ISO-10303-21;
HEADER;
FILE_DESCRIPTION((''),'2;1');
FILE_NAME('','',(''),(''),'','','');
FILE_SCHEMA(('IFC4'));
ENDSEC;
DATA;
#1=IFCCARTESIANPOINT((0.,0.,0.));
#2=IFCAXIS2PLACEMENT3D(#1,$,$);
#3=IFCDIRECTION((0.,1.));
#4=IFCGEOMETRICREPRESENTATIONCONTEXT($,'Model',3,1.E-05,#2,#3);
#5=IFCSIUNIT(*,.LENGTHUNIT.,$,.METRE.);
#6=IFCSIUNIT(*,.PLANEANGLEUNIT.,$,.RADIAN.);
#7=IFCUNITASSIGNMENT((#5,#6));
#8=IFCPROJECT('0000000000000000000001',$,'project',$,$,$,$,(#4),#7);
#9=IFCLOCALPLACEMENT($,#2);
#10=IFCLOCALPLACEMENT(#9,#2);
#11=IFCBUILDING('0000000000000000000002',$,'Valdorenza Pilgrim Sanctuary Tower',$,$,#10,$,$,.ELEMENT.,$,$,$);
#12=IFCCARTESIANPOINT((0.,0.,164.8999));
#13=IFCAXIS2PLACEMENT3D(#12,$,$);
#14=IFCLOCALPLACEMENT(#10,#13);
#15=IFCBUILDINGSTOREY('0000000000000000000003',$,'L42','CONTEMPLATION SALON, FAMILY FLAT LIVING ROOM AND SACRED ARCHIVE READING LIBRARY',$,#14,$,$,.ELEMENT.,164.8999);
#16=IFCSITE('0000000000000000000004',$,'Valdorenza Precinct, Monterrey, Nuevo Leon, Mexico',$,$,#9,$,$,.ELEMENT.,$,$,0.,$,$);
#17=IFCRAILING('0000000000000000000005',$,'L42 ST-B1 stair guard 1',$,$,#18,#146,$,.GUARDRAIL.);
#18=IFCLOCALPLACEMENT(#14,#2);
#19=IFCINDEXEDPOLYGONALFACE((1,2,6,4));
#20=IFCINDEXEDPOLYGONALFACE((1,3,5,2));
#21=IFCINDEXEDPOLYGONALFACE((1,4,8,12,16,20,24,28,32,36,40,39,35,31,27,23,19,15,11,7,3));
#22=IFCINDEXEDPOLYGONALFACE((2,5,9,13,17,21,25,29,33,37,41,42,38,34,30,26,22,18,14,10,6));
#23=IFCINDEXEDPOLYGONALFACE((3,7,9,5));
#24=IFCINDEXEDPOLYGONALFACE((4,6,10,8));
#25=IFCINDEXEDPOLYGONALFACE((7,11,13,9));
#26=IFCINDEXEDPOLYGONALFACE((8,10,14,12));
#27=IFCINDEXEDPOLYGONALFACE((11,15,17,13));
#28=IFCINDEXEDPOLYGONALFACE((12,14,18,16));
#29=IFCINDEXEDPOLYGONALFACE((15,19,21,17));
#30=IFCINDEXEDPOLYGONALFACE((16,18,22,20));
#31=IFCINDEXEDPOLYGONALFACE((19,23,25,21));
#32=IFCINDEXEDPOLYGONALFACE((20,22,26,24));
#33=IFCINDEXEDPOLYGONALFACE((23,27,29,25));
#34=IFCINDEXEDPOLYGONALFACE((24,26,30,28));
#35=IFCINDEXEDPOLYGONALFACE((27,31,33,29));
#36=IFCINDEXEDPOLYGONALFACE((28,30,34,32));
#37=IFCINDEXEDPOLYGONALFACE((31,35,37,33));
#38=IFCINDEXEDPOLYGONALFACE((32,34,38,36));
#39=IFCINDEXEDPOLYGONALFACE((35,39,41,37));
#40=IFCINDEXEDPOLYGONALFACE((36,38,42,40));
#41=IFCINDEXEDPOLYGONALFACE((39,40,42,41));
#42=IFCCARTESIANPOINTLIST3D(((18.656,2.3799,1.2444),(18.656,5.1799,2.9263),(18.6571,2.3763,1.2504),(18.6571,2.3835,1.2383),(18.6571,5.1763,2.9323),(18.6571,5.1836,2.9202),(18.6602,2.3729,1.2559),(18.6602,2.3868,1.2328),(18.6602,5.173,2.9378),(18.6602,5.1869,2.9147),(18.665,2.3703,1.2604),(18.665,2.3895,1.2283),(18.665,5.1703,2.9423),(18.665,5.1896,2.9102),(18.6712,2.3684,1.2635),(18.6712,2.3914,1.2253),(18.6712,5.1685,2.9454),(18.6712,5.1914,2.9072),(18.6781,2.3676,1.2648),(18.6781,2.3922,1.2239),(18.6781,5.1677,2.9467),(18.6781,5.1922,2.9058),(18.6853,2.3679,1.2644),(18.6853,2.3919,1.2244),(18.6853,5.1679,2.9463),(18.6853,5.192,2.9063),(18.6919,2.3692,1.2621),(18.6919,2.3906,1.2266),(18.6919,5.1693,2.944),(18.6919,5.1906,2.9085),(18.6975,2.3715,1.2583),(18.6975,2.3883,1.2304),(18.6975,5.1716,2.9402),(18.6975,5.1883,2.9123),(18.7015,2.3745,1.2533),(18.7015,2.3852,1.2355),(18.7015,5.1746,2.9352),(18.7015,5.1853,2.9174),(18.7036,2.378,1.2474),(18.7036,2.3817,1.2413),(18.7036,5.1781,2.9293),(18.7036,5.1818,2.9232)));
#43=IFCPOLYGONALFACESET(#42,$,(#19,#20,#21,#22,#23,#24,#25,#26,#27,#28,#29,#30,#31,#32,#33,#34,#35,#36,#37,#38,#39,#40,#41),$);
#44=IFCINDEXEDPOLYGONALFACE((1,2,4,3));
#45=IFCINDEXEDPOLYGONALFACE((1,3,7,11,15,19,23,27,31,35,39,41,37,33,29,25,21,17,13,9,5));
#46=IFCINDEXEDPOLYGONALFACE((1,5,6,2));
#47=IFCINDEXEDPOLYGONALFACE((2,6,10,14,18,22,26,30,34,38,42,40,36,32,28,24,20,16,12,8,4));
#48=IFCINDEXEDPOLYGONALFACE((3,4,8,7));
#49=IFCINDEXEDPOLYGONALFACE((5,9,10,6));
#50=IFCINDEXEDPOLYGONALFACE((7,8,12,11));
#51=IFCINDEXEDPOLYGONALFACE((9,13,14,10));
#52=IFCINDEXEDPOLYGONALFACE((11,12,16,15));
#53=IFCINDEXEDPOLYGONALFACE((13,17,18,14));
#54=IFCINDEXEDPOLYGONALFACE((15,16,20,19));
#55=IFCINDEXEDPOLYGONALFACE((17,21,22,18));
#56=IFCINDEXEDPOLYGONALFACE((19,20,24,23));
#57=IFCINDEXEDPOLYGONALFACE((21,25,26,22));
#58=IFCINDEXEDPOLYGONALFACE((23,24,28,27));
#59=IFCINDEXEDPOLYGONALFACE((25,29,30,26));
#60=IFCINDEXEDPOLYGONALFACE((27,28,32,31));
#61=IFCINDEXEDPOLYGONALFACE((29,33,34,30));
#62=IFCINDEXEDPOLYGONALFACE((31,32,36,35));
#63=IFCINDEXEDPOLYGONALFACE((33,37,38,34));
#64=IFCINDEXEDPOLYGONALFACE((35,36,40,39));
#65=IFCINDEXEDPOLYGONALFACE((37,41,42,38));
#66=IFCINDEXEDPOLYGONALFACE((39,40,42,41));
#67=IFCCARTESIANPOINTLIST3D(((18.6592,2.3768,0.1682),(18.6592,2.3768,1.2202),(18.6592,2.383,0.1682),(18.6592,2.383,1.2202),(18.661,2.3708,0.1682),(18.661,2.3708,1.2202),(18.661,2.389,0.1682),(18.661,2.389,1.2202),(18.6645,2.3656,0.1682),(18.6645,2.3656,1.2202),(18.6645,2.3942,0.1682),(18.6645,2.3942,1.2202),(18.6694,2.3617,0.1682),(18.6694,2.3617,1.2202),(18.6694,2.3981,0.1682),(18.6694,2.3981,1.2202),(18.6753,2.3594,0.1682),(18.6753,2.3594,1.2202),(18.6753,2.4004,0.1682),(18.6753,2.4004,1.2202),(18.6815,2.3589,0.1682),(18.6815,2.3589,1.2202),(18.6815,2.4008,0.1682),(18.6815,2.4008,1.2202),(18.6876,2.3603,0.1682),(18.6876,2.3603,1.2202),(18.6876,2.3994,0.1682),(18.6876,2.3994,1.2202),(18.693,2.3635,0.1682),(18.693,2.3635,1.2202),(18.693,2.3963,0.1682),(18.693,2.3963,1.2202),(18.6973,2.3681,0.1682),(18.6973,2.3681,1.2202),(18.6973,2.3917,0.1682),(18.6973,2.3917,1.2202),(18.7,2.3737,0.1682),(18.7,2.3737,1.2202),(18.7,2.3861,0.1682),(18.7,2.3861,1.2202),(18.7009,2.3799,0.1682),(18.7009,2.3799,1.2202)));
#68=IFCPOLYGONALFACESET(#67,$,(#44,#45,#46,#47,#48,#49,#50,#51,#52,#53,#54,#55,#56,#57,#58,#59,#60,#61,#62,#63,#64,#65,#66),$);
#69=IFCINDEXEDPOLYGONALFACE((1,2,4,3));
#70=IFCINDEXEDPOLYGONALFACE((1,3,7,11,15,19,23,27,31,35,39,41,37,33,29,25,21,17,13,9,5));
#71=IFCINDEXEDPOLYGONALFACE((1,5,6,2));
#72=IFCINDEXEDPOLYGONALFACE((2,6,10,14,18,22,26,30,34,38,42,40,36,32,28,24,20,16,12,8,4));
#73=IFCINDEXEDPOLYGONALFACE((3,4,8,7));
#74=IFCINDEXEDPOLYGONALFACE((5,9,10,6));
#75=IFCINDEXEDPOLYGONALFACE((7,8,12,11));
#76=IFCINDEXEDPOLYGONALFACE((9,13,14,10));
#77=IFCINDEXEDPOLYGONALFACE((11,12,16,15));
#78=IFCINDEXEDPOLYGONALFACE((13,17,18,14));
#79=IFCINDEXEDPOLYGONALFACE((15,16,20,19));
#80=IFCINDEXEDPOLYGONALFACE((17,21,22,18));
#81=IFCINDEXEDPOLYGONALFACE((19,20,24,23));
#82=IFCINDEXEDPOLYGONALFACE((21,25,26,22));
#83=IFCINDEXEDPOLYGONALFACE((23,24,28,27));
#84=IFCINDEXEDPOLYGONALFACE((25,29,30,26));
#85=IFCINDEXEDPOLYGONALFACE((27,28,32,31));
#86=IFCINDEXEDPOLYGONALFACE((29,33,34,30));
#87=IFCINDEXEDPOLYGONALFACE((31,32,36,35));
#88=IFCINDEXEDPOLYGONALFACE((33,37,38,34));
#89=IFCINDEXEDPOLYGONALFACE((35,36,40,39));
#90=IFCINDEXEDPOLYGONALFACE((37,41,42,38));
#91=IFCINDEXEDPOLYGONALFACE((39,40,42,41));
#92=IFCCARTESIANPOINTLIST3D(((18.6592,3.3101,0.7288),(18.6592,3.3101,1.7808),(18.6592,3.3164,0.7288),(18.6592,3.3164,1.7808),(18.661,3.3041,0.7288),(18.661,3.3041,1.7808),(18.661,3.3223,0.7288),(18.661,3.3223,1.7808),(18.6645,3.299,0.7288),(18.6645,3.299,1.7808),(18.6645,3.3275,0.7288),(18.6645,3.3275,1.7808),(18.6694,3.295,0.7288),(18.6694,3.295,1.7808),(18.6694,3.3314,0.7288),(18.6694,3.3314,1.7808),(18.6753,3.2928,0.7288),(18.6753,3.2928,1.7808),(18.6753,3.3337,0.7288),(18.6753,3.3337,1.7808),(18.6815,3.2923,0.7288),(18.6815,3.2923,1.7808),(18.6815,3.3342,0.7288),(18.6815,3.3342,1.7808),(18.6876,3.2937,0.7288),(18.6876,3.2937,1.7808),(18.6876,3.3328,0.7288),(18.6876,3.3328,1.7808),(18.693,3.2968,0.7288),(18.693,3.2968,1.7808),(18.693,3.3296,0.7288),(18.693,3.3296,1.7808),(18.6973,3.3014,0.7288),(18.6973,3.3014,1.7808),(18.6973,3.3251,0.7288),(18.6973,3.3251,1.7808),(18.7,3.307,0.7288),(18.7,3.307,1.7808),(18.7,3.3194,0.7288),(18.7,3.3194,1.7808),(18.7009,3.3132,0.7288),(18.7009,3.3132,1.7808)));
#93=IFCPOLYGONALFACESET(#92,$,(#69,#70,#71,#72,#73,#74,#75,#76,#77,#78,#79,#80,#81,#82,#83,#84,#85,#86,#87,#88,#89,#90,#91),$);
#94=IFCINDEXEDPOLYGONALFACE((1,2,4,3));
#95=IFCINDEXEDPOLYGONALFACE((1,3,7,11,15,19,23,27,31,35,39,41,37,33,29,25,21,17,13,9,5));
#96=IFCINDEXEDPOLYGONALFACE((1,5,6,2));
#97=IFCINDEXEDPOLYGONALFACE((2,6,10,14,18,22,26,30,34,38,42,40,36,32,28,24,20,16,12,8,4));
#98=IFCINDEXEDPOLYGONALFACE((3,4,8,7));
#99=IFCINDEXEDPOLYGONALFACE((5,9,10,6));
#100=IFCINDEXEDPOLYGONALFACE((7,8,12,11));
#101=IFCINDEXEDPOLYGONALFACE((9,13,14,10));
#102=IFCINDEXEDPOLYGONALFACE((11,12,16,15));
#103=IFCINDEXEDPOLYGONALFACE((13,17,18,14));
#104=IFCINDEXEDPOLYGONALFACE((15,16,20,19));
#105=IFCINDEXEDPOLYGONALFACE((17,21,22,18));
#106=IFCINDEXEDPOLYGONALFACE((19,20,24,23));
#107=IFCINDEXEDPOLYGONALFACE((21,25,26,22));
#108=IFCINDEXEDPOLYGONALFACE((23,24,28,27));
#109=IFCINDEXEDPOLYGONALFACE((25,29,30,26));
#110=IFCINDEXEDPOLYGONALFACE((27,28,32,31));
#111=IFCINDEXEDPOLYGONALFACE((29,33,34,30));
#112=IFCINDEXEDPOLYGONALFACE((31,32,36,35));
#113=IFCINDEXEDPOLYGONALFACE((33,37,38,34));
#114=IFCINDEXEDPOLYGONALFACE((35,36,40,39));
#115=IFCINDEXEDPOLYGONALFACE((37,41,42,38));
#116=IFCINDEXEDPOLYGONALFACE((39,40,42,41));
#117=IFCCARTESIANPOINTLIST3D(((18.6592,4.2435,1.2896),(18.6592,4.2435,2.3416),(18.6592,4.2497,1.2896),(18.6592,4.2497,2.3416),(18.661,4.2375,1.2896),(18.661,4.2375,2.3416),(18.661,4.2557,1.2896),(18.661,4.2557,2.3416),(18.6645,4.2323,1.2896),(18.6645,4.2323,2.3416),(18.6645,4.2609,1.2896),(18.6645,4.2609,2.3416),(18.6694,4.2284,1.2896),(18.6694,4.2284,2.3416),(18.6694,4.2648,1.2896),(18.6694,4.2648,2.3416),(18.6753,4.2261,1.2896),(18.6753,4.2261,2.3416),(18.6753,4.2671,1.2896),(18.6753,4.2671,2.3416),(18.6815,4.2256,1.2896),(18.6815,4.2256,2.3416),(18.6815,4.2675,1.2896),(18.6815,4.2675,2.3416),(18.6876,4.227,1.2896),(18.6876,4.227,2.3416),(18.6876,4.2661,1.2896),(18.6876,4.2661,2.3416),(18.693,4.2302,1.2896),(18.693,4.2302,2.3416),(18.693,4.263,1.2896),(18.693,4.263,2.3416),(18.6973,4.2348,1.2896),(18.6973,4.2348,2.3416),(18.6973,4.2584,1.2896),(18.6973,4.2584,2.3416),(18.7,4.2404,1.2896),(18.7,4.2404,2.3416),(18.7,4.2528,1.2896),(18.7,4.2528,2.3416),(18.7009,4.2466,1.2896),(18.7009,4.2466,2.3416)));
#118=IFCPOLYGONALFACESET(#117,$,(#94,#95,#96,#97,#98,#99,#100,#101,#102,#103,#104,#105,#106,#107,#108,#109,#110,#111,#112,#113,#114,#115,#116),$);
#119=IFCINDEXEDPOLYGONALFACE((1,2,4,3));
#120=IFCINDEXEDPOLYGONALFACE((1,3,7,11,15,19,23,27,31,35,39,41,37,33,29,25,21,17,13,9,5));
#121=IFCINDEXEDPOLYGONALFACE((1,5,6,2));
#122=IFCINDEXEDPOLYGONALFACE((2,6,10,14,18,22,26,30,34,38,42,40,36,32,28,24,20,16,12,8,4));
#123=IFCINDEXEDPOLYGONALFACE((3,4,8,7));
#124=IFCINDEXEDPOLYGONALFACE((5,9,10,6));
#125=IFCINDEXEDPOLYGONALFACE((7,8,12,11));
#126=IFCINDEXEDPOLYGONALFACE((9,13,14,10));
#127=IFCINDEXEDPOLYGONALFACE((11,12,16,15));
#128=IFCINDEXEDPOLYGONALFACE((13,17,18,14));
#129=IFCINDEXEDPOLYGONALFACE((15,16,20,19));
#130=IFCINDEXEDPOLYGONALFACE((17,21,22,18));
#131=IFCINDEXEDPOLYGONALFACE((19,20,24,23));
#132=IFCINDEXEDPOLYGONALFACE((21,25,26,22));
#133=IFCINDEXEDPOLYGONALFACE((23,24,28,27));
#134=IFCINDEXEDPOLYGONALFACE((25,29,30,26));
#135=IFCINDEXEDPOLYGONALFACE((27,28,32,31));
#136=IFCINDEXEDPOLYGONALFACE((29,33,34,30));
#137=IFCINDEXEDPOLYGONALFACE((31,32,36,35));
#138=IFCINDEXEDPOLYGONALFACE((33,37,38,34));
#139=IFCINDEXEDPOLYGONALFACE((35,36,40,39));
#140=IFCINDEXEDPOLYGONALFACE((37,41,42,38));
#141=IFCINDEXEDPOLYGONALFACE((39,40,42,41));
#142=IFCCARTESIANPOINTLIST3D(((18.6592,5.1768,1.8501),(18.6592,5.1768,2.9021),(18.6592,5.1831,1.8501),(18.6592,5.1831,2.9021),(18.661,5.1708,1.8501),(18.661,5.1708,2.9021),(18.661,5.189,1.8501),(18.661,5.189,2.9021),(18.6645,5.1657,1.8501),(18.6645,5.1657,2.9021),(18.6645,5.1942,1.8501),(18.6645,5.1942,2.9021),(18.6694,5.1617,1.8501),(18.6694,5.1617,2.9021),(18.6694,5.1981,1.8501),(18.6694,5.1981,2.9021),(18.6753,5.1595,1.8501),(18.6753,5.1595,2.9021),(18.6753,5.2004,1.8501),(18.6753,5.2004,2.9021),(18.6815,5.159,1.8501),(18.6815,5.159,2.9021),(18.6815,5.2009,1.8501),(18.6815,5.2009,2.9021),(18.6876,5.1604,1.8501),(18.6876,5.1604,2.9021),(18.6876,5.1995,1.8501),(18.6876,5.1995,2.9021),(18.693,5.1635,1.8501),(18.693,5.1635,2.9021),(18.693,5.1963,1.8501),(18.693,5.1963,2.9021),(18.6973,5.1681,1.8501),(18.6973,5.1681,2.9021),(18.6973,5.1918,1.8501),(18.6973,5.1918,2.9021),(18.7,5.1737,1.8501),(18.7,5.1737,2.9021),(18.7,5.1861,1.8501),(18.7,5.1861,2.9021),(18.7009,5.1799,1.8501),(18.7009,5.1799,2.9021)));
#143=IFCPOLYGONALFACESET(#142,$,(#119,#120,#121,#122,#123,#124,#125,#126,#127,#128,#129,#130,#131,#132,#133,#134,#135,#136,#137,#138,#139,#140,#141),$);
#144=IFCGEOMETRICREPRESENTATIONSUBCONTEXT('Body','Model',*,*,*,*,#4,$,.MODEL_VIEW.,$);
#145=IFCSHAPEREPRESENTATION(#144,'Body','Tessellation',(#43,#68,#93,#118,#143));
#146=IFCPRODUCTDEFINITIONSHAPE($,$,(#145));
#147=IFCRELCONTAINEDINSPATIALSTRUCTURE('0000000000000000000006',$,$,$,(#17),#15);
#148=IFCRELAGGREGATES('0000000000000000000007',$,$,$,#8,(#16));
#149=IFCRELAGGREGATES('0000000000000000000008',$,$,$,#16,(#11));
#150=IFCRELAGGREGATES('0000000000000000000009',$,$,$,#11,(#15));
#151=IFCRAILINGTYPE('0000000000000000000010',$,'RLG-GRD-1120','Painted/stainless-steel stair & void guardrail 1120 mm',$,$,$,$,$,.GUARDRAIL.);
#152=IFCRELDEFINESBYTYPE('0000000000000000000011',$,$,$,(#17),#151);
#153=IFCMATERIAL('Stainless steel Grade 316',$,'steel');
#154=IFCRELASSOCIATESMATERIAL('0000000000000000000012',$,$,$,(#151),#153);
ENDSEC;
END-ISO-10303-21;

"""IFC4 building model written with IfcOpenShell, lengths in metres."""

from ifc_helpers import new_model, si_unit, direction, frame, origin, origin_2d, place, context, subcontext, project, spatial, circle, extrude, material, type_object, element, save


model = new_model("IFC4")

# Units and contexts
model_context = context("Model", 3, precision=1e-05, world=origin(), true_north=direction((0.0, 1.0)))
body_context = subcontext(model_context, "Body", "Model", "MODEL_VIEW")
ifc_project = project(units=[si_unit("LENGTHUNIT", "METRE"), si_unit("PLANEANGLEUNIT", "RADIAN")], contexts=[model_context])

# Site, building, storey
site_placement = place(None, origin())
site = spatial("IfcSite", under=ifc_project, at=site_placement, Name="Valdorenza Precinct, Monterrey, Nuevo Leon, Mexico", CompositionType="ELEMENT", RefElevation=0.0)
building_placement = place(site_placement, origin())
building = spatial("IfcBuilding", under=site, at=building_placement, Name="Valdorenza Pilgrim Sanctuary Tower", CompositionType="ELEMENT")
storey_placement = place(building_placement, frame((0.0, 0.0, 164.8999)))
storey = spatial("IfcBuildingStorey", under=building, at=storey_placement, Name="L42", Description="CONTEMPLATION SALON, FAMILY FLAT LIVING ROOM AND SACRED ARCHIVE READING LIBRARY", CompositionType="ELEMENT", Elevation=164.8999)

# Railing
ifc_material_1 = material(Name="Stainless steel Grade 316", Category="steel")
railing_type_1 = type_object("IfcRailingType", Name="RLG-GRD-1120", Description="Painted/stainless-steel stair & void guardrail 1120 mm", PredefinedType="GUARDRAIL", material=ifc_material_1)
railing_1_placement = place(storey_placement, frame((18.6799, 2.3799, 0.1682)))
element("IfcRailing", 1, at=railing_1_placement, inside=storey, type_object=railing_type_1, Name="L42 ST-B1 stair guard 1", PredefinedType="GUARDRAIL", context=body_context, shape_type="SweptSolid", body=[
    extrude(circle(Radius=0.0239, at=origin_2d()), frame((0.0, 0.0, 1.0762), z_axis=(0.0, 0.857242, 0.514913), x_axis=(-1.0, 0.0, 0.0)), (0.0, 0.0, 1.0), 3.2664),
    extrude(circle(Radius=0.021, at=origin_2d()), origin(), (0.0, 0.0, 1.0), 1.052),
    extrude(circle(Radius=0.021, at=origin_2d()), frame((0.0, 0.9333, 0.5605)), (0.0, 0.0, 1.0), 1.052),
    extrude(circle(Radius=0.021, at=origin_2d()), frame((0.0, 1.8667, 1.1213)), (0.0, 0.0, 1.0), 1.052),
    extrude(circle(Radius=0.021, at=origin_2d()), frame((0.0, 2.8, 1.6819)), (0.0, 0.0, 1.0), 1.052),
])

save(model, "model.ifc")
